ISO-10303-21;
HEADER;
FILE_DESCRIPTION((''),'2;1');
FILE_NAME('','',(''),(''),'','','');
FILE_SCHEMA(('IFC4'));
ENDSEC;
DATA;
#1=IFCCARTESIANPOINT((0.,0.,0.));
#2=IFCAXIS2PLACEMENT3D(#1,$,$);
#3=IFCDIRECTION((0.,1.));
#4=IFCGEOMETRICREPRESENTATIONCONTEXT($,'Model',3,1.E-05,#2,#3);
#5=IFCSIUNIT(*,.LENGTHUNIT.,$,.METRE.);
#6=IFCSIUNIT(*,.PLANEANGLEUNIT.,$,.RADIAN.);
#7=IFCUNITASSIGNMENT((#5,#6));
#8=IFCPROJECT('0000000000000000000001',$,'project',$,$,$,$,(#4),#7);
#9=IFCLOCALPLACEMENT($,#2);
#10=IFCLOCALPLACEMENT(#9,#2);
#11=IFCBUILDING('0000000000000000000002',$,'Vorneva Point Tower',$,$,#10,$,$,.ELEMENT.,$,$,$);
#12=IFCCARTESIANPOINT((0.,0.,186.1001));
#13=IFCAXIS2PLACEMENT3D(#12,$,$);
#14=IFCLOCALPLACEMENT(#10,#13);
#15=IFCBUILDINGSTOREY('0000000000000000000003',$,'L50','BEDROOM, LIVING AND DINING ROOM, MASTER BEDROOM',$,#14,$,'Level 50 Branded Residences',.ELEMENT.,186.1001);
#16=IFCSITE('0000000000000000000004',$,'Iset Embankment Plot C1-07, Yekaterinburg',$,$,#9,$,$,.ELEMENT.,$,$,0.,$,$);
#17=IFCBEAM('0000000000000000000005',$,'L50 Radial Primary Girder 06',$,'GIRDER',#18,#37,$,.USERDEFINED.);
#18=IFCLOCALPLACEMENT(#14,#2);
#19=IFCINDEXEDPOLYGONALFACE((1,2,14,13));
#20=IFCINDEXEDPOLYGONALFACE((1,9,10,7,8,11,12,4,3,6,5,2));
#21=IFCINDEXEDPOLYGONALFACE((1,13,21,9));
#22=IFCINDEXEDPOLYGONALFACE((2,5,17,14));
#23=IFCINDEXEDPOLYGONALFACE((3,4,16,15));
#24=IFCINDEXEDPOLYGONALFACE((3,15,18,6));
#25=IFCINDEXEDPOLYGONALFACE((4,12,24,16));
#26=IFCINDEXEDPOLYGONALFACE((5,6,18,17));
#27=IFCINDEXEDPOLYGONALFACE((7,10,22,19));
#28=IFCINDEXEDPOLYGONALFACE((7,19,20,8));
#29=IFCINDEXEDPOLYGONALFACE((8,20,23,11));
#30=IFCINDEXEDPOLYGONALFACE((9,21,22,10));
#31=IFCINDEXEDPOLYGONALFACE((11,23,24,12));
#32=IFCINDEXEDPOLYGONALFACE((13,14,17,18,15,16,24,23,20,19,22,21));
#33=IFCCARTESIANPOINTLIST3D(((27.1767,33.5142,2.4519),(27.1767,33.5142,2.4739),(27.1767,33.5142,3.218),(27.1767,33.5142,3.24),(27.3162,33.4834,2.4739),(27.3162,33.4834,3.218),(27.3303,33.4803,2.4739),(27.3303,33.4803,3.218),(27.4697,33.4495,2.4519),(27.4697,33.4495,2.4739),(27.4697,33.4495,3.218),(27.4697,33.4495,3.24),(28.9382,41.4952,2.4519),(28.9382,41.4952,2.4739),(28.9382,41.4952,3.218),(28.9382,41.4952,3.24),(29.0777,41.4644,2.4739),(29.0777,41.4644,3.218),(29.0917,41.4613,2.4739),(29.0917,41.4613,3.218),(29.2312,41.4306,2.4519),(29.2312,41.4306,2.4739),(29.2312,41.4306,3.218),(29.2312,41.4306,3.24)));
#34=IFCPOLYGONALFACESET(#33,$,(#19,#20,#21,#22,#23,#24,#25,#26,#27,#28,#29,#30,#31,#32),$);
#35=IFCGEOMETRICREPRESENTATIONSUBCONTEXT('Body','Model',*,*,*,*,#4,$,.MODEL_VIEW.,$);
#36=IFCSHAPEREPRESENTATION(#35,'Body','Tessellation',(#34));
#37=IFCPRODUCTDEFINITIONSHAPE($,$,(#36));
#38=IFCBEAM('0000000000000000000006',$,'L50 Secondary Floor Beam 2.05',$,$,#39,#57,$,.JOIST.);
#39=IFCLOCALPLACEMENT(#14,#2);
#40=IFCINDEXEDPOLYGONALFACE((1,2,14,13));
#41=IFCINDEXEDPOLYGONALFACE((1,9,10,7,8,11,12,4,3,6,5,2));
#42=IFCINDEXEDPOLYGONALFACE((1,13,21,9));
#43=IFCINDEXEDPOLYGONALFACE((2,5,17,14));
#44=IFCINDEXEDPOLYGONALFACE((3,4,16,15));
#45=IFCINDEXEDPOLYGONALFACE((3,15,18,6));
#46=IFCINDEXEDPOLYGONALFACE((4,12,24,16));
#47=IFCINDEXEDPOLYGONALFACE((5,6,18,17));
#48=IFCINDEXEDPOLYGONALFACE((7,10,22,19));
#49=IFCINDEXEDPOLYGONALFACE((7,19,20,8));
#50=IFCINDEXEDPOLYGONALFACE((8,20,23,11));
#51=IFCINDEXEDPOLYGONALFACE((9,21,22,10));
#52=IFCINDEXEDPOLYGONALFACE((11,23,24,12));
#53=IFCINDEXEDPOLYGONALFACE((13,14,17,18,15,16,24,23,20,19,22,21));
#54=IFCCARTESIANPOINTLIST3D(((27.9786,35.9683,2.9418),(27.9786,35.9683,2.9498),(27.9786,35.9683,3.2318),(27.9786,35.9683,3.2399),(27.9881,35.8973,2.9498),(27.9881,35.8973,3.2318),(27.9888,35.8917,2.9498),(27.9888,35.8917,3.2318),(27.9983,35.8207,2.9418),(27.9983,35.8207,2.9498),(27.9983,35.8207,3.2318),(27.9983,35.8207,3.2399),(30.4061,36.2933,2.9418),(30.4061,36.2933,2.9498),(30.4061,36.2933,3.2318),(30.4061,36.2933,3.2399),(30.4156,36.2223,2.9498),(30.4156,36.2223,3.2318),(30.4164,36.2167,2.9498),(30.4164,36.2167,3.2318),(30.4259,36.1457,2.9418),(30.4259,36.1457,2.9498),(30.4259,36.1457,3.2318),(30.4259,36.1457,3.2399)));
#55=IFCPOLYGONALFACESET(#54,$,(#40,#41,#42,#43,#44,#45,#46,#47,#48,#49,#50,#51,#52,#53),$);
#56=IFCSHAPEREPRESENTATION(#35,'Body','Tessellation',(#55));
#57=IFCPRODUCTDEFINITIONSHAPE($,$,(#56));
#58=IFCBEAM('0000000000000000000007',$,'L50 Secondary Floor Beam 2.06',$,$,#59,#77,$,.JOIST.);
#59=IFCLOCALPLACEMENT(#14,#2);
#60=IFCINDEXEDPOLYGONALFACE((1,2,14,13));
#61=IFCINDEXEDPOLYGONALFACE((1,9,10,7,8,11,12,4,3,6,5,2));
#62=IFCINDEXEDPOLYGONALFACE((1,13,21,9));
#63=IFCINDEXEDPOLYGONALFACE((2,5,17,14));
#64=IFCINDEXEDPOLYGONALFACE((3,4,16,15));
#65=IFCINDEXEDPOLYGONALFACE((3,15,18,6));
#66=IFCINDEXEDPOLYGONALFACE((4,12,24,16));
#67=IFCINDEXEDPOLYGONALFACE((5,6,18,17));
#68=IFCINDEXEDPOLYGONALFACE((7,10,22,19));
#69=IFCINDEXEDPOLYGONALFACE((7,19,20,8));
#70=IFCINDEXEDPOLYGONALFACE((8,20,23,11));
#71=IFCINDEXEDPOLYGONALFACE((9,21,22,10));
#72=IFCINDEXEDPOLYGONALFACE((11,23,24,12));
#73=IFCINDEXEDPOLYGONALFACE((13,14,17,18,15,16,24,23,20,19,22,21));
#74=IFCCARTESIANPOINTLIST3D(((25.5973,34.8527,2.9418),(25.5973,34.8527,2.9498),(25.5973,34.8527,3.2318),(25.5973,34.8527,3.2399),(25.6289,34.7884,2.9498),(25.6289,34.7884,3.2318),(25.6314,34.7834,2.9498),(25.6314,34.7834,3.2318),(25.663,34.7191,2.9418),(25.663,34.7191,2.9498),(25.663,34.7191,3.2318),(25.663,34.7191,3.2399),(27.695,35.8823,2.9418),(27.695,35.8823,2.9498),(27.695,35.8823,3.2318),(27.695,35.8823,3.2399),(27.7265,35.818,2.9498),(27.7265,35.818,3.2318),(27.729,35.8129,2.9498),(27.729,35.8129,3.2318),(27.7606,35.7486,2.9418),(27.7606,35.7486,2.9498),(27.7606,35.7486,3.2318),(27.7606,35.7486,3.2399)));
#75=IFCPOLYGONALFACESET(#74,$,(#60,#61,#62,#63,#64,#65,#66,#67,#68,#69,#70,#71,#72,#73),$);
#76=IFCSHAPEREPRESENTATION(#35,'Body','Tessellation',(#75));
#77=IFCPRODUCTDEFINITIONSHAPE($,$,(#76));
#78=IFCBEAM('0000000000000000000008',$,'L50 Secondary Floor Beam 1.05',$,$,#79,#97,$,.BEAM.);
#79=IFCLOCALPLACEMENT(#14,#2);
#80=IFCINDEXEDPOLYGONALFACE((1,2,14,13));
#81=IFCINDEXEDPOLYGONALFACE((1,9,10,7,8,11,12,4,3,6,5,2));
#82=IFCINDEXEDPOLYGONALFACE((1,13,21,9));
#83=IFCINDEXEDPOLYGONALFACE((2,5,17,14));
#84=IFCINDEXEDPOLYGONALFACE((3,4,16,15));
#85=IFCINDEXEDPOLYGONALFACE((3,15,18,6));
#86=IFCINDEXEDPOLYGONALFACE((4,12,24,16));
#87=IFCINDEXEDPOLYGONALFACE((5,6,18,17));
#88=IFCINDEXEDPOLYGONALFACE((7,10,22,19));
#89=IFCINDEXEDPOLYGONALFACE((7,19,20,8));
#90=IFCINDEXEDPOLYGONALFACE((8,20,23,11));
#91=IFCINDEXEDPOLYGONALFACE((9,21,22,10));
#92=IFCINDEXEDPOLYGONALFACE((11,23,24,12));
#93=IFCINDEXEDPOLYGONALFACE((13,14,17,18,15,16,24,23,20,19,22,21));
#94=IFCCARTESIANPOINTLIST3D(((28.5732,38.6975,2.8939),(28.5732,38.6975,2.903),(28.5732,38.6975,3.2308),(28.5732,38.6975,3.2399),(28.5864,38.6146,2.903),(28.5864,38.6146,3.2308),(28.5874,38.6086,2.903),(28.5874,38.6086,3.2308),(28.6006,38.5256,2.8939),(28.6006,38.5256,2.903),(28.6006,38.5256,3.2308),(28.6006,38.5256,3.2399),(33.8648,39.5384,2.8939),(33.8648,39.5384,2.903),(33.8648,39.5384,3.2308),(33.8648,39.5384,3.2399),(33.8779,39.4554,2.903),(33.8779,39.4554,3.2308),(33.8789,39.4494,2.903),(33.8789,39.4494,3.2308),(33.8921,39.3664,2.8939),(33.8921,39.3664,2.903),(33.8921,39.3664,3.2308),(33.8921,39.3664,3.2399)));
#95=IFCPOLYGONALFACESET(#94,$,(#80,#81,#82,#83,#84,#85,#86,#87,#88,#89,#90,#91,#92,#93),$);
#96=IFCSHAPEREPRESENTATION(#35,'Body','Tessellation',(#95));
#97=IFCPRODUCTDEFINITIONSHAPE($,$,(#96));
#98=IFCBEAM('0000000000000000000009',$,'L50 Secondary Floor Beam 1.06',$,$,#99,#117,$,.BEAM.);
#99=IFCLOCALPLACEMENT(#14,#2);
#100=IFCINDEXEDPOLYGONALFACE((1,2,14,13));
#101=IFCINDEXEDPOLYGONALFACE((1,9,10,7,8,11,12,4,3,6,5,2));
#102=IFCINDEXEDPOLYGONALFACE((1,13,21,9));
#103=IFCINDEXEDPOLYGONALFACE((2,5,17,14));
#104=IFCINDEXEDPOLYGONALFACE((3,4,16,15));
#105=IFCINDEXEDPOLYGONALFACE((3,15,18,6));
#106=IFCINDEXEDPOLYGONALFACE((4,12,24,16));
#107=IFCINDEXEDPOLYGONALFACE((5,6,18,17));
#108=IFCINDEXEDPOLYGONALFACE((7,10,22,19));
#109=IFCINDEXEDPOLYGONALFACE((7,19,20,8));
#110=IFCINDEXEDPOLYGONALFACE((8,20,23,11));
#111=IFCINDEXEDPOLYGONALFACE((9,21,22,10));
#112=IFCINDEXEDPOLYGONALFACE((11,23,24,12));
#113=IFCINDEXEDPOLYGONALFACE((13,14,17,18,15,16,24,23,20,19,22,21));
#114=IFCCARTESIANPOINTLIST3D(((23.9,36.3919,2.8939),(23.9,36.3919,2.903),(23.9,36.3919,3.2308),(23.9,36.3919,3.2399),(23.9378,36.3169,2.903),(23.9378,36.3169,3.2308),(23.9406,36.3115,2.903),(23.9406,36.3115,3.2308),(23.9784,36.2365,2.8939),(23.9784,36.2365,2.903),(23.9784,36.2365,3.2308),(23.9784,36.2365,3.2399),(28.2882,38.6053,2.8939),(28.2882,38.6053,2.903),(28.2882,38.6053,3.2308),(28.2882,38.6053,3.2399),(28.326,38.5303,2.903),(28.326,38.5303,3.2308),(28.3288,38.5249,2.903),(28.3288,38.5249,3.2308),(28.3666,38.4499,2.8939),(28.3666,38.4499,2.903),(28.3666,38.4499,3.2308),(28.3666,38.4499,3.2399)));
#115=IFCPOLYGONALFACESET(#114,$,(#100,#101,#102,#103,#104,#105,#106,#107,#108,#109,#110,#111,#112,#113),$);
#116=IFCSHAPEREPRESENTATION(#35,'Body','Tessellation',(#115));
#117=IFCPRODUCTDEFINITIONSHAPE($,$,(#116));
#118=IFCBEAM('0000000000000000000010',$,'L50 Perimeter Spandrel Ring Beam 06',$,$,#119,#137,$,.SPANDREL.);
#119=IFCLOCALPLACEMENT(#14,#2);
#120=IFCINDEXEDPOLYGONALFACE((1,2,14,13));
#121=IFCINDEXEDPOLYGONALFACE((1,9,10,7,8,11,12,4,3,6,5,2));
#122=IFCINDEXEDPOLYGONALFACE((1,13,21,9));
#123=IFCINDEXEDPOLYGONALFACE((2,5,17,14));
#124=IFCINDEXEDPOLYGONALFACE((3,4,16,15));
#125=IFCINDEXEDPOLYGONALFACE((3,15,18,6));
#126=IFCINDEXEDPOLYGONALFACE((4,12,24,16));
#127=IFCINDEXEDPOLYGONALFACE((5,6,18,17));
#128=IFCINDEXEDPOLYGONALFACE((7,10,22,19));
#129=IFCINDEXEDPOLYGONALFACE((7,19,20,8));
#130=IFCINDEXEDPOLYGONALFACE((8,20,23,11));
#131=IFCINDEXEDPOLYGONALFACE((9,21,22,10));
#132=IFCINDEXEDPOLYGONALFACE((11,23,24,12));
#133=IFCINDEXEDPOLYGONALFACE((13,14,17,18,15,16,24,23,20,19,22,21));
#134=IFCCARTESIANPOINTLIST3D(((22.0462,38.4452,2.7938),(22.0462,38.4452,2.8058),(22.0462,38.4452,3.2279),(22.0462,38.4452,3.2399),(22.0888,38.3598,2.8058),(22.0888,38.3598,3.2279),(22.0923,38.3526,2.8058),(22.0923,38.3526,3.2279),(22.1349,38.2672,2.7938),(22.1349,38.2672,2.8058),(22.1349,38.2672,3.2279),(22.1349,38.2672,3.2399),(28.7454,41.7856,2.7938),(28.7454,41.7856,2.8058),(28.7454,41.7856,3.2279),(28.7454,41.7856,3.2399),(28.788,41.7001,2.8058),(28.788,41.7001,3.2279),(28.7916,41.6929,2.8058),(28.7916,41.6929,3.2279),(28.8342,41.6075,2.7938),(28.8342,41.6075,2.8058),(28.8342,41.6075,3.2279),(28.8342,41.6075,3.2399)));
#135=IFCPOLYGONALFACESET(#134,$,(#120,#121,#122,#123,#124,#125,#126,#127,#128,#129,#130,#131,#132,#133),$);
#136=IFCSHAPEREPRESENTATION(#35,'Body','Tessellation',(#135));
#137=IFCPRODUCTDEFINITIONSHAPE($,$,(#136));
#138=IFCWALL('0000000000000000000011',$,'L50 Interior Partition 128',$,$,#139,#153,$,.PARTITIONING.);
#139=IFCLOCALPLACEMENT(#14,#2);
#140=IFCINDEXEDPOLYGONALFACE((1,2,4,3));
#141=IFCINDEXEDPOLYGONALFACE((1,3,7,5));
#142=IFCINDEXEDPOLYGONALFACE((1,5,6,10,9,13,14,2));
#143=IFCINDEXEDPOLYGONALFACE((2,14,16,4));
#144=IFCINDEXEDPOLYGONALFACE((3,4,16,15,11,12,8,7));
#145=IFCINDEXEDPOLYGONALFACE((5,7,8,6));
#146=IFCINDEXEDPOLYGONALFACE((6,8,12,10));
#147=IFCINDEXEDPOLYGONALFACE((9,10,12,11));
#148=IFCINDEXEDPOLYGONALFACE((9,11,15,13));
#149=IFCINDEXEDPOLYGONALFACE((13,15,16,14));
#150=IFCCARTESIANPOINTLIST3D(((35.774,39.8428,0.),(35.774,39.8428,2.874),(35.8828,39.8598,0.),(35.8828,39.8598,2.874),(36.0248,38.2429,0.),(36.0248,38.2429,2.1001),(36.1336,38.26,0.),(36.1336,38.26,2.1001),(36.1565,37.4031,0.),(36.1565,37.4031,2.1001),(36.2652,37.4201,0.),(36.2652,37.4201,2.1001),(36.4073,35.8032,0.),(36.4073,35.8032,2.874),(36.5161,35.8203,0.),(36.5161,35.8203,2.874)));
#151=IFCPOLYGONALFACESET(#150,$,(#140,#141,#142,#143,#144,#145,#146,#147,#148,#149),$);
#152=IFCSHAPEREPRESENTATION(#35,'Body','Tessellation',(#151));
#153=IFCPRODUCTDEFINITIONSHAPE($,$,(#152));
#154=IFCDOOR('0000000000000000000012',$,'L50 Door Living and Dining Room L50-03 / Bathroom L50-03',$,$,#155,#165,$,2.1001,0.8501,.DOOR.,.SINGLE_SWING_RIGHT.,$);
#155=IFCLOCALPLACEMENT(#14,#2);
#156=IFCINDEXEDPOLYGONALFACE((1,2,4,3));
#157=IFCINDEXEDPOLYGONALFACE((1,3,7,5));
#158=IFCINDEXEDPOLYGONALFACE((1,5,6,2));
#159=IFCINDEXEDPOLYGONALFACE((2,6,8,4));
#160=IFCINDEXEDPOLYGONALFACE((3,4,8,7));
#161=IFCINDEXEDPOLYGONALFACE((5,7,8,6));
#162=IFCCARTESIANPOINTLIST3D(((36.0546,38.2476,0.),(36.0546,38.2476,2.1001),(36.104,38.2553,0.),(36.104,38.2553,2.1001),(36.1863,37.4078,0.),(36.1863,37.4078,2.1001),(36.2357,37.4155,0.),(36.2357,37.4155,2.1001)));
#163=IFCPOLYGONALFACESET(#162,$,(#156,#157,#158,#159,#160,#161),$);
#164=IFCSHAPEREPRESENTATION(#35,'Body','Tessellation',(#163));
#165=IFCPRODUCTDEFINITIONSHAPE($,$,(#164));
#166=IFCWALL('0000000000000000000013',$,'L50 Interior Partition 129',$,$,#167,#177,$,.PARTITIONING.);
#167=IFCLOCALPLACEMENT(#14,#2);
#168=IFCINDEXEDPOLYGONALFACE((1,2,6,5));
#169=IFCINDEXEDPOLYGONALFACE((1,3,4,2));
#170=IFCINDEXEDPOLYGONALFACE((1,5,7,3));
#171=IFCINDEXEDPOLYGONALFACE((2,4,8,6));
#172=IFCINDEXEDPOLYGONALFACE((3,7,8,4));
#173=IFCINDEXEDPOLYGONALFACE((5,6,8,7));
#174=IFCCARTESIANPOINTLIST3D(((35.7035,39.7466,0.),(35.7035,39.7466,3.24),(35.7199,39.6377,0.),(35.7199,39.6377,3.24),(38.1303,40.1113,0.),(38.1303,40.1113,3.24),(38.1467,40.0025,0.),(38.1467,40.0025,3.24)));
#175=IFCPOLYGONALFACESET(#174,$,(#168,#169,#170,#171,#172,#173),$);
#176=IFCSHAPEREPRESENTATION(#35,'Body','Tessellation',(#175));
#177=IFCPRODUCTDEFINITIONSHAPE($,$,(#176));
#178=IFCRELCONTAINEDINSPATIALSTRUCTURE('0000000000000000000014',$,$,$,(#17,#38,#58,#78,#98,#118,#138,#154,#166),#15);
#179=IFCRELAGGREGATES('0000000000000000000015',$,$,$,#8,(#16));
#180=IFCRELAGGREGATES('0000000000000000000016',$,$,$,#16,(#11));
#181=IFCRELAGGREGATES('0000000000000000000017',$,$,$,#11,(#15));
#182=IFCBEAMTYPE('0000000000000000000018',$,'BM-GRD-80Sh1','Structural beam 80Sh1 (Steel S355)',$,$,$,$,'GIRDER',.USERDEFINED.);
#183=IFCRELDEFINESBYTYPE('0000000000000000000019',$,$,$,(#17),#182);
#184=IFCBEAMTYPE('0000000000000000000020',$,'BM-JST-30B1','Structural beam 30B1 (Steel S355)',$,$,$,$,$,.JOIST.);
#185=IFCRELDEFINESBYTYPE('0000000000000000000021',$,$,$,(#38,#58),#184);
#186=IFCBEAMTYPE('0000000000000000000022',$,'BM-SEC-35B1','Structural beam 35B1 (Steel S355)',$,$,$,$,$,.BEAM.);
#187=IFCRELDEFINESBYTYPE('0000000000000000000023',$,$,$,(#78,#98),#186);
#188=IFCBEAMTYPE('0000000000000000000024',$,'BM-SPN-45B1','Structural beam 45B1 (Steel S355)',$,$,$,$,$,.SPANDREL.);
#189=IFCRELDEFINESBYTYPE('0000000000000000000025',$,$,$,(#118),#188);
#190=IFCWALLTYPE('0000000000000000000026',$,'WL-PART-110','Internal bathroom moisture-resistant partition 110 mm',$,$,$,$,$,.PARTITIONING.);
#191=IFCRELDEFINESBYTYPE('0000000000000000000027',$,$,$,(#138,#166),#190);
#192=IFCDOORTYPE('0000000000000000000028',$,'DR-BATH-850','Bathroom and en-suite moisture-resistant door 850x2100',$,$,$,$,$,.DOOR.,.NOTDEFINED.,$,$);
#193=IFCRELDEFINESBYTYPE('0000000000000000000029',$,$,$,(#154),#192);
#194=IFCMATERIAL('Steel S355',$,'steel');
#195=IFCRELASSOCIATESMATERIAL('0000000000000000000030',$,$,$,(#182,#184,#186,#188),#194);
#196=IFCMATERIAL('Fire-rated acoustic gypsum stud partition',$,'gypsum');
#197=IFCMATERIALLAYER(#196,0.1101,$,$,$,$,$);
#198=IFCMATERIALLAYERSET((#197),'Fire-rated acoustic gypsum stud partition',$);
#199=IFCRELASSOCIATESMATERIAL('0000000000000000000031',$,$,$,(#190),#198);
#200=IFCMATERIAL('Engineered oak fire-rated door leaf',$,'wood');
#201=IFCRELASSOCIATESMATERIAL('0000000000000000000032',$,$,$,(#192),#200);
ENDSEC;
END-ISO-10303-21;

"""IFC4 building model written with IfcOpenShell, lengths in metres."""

from ifc_helpers import new_model, si_unit, direction, frame, frame_2d, origin, origin_2d, place, context, subcontext, project, spatial, rectangle, i_section, extrude, material, layer, layer_set, material_profile, profile_set, type_object, element, fill, save


model = new_model("IFC4")

# Units and contexts
model_context = context("Model", 3, precision=1e-05, world=origin(), true_north=direction((0.0, 1.0)))
body_context = subcontext(model_context, "Body", "Model", "MODEL_VIEW")
ifc_project = project(units=[si_unit("LENGTHUNIT", "METRE"), si_unit("PLANEANGLEUNIT", "RADIAN")], contexts=[model_context])

# Site, building, storey
site_placement = place(None, origin())
site = spatial("IfcSite", under=ifc_project, at=site_placement, Name="Iset Embankment Plot C1-07, Yekaterinburg", CompositionType="ELEMENT", RefElevation=0.0)
building_placement = place(site_placement, origin())
building = spatial("IfcBuilding", under=site, at=building_placement, Name="Vorneva Point Tower", CompositionType="ELEMENT")
storey_placement = place(building_placement, frame((0.0, 0.0, 186.1001)))
storey = spatial("IfcBuildingStorey", under=building, at=storey_placement, Name="L50", Description="BEDROOM, LIVING AND DINING ROOM, MASTER BEDROOM", LongName="Level 50 Branded Residences", CompositionType="ELEMENT", Elevation=186.1001)

# Beams
ifc_material_1 = material(Name="Steel S355", Category="steel")
ifc_material_profile_1 = material_profile(ifc_material_1, i_section(OverallWidth=0.3, OverallDepth=0.7881, WebThickness=0.0144, FlangeThickness=0.022, at=origin_2d()), Name="80Sh1")
ifc_profile_set_1 = profile_set([ifc_material_profile_1], Name="Steel S355")
beam_type_1 = type_object("IfcBeamType", Name="BM-GRD-80Sh1", Description="Structural beam 80Sh1 (Steel S355)", ElementType="GIRDER", PredefinedType="USERDEFINED", material=ifc_profile_set_1)
beam_1_placement = place(storey_placement, frame((29.0847, 41.4629, 2.8459), z_axis=(-0.215523, -0.976499, 0.0), x_axis=(0.976499, -0.215523, 0.0)))
element("IfcBeam", 1, at=beam_1_placement, inside=storey, type_object=beam_type_1, Name="L50 Radial Primary Girder 06", ObjectType="GIRDER", PredefinedType="USERDEFINED", context=body_context, shape_type="SweptSolid", body=[
    extrude(i_section(OverallWidth=0.3, OverallDepth=0.7881, WebThickness=0.0144, FlangeThickness=0.022, at=origin_2d()), origin(), (0.0, 0.0, 1.0), 8.1731),
])
ifc_material_profile_2 = material_profile(ifc_material_1, i_section(OverallWidth=0.1489, OverallDepth=0.2981, WebThickness=0.0056, FlangeThickness=0.0081, at=origin_2d()), Name="30B1")
ifc_profile_set_2 = profile_set([ifc_material_profile_2], Name="Steel S355")
beam_type_2 = type_object("IfcBeamType", Name="BM-JST-30B1", Description="Structural beam 30B1 (Steel S355)", PredefinedType="JOIST", material=ifc_profile_set_2)
beam_2_placement = place(storey_placement, frame((30.416, 36.2195, 3.0908), z_axis=(-0.991159, -0.13268, 0.0), x_axis=(0.13268, -0.991159, 0.0)))
element("IfcBeam", 2, at=beam_2_placement, inside=storey, type_object=beam_type_2, Name="L50 Secondary Floor Beam 2.05", PredefinedType="JOIST", context=body_context, shape_type="SweptSolid", body=[
    extrude(i_section(OverallWidth=0.1489, OverallDepth=0.2981, WebThickness=0.0056, FlangeThickness=0.0081, at=origin_2d()), origin(), (0.0, 0.0, 1.0), 2.4492),
])
beam_3_placement = place(storey_placement, frame((27.7278, 35.8154, 3.0908), z_axis=(-0.897704, -0.440598, 0.0), x_axis=(0.440598, -0.897704, 0.0)))
element("IfcBeam", 3, at=beam_3_placement, inside=storey, type_object=beam_type_2, Name="L50 Secondary Floor Beam 2.06", PredefinedType="JOIST", context=body_context, shape_type="SweptSolid", body=[
    extrude(i_section(OverallWidth=0.1489, OverallDepth=0.2981, WebThickness=0.0056, FlangeThickness=0.0081, at=origin_2d()), origin(), (0.0, 0.0, 1.0), 2.3367),
])
ifc_material_profile_3 = material_profile(ifc_material_1, i_section(OverallWidth=0.1741, OverallDepth=0.3459, WebThickness=0.0061, FlangeThickness=0.009, at=origin_2d()), Name="35B1")
ifc_profile_set_3 = profile_set([ifc_material_profile_3], Name="Steel S355")
beam_type_3 = type_object("IfcBeamType", Name="BM-SEC-35B1", Description="Structural beam 35B1 (Steel S355)", PredefinedType="BEAM", material=ifc_profile_set_3)
beam_4_placement = place(storey_placement, frame((33.8784, 39.4524, 3.0669), z_axis=(-0.98761, -0.156931, 0.0), x_axis=(0.156931, -0.98761, 0.0)))
element("IfcBeam", 4, at=beam_4_placement, inside=storey, type_object=beam_type_3, Name="L50 Secondary Floor Beam 1.05", PredefinedType="BEAM", context=body_context, shape_type="SweptSolid", body=[
    extrude(i_section(OverallWidth=0.1741, OverallDepth=0.3459, WebThickness=0.0061, FlangeThickness=0.009, at=origin_2d()), origin(), (0.0, 0.0, 1.0), 5.3579),
])
beam_5_placement = place(storey_placement, frame((28.3274, 38.5276, 3.0669), z_axis=(-0.892852, -0.45035, 0.0), x_axis=(0.45035, -0.892852, 0.0)))
element("IfcBeam", 5, at=beam_5_placement, inside=storey, type_object=beam_type_3, Name="L50 Secondary Floor Beam 1.06", PredefinedType="BEAM", context=body_context, shape_type="SweptSolid", body=[
    extrude(i_section(OverallWidth=0.1741, OverallDepth=0.3459, WebThickness=0.0061, FlangeThickness=0.009, at=origin_2d()), origin(), (0.0, 0.0, 1.0), 4.9148),
])
ifc_material_profile_4 = material_profile(ifc_material_1, i_section(OverallWidth=0.199, OverallDepth=0.446, WebThickness=0.0081, FlangeThickness=0.012, at=origin_2d()), Name="45B1")
ifc_profile_set_4 = profile_set([ifc_material_profile_4], Name="Steel S355")
beam_type_4 = type_object("IfcBeamType", Name="BM-SPN-45B1", Description="Structural beam 45B1 (Steel S355)", PredefinedType="SPANDREL", material=ifc_profile_set_4)
beam_6_placement = place(storey_placement, frame((28.7898, 41.6965, 3.0168), z_axis=(-0.894922, -0.446222, 0.0), x_axis=(0.446222, -0.894922, 0.0)))
element("IfcBeam", 6, at=beam_6_placement, inside=storey, type_object=beam_type_4, Name="L50 Perimeter Spandrel Ring Beam 06", PredefinedType="SPANDREL", context=body_context, shape_type="SweptSolid", body=[
    extrude(i_section(OverallWidth=0.199, OverallDepth=0.446, WebThickness=0.0081, FlangeThickness=0.012, at=origin_2d()), origin(), (0.0, 0.0, 1.0), 7.4858),
])

# Wall, opening, door
ifc_material_2 = material(Name="Fire-rated acoustic gypsum stud partition", Category="gypsum")
ifc_layer_1 = layer(ifc_material_2, 0.1101)
ifc_layer_set_1 = layer_set([ifc_layer_1], Name="Fire-rated acoustic gypsum stud partition")
wall_type_1 = type_object("IfcWallType", Name="WL-PART-110", Description="Internal bathroom moisture-resistant partition 110 mm", PredefinedType="PARTITIONING", material=ifc_layer_set_1)
wall_1_placement = place(storey_placement, frame((36.4617, 35.8118, 0.0), z_axis=(0.0, 0.0, 1.0), x_axis=(-0.154883, 0.987933, 0.0)))
wall_1 = element("IfcWall", 7, at=wall_1_placement, inside=storey, type_object=wall_type_1, Name="L50 Interior Partition 128", PredefinedType="PARTITIONING", context=body_context, shape_type="SweptSolid", body=[
    extrude(rectangle(XDim=4.0889, YDim=0.1101, at=frame_2d((2.0444, 0.0))), origin(), (0.0, 0.0, 1.0), 2.874),
])
opening_1_placement = place(wall_1_placement, frame((1.6194, 0.0, 0.0)))
opening_1 = element("IfcOpeningElement", 8, at=opening_1_placement, cuts=wall_1, PredefinedType="OPENING", context=body_context, shape_type="SweptSolid", body=[
    extrude(rectangle(XDim=0.8501, YDim=2.1001, at=frame_2d((0.425, 1.05))), frame((0.0, 0.0698, 0.0), z_axis=(0.0, -1.0, 0.0), x_axis=(1.0, 0.0, 0.0)), (0.0, 0.0, 1.0), 0.1399),
])
ifc_material_3 = material(Name="Engineered oak fire-rated door leaf", Category="wood")
door_type_1 = type_object("IfcDoorType", Name="DR-BATH-850", Description="Bathroom and en-suite moisture-resistant door 850x2100", OperationType="NOTDEFINED", PredefinedType="DOOR", material=ifc_material_3)
door_1_placement = place(opening_1_placement, origin())
door_1 = element("IfcDoor", 9, at=door_1_placement, inside=storey, type_object=door_type_1, Name="L50 Door Living and Dining Room L50-03 / Bathroom L50-03", OperationType="SINGLE_SWING_RIGHT", OverallHeight=2.1001, OverallWidth=0.8501, PredefinedType="DOOR", context=body_context, shape_type="SweptSolid", body=[
    extrude(rectangle(XDim=0.8501, YDim=2.1001, at=frame_2d((0.425, 1.05))), frame((0.0, 0.0249, 0.0), z_axis=(0.0, -1.0, 0.0), x_axis=(1.0, 0.0, 0.0)), (0.0, 0.0, 1.0), 0.05),
])
fill(opening_1, door_1)

# Wall
wall_2_placement = place(storey_placement, frame((35.7117, 39.6921, 0.0), z_axis=(0.0, 0.0, 1.0), x_axis=(0.988893, 0.148632, 0.0)))
element("IfcWall", 10, at=wall_2_placement, inside=storey, type_object=wall_type_1, Name="L50 Interior Partition 129", PredefinedType="PARTITIONING", context=body_context, shape_type="SweptSolid", body=[
    extrude(rectangle(XDim=2.4541, YDim=0.1101, at=frame_2d((1.2271, 0.0))), origin(), (0.0, 0.0, 1.0), 3.24),
])

save(model, "model.ifc")
